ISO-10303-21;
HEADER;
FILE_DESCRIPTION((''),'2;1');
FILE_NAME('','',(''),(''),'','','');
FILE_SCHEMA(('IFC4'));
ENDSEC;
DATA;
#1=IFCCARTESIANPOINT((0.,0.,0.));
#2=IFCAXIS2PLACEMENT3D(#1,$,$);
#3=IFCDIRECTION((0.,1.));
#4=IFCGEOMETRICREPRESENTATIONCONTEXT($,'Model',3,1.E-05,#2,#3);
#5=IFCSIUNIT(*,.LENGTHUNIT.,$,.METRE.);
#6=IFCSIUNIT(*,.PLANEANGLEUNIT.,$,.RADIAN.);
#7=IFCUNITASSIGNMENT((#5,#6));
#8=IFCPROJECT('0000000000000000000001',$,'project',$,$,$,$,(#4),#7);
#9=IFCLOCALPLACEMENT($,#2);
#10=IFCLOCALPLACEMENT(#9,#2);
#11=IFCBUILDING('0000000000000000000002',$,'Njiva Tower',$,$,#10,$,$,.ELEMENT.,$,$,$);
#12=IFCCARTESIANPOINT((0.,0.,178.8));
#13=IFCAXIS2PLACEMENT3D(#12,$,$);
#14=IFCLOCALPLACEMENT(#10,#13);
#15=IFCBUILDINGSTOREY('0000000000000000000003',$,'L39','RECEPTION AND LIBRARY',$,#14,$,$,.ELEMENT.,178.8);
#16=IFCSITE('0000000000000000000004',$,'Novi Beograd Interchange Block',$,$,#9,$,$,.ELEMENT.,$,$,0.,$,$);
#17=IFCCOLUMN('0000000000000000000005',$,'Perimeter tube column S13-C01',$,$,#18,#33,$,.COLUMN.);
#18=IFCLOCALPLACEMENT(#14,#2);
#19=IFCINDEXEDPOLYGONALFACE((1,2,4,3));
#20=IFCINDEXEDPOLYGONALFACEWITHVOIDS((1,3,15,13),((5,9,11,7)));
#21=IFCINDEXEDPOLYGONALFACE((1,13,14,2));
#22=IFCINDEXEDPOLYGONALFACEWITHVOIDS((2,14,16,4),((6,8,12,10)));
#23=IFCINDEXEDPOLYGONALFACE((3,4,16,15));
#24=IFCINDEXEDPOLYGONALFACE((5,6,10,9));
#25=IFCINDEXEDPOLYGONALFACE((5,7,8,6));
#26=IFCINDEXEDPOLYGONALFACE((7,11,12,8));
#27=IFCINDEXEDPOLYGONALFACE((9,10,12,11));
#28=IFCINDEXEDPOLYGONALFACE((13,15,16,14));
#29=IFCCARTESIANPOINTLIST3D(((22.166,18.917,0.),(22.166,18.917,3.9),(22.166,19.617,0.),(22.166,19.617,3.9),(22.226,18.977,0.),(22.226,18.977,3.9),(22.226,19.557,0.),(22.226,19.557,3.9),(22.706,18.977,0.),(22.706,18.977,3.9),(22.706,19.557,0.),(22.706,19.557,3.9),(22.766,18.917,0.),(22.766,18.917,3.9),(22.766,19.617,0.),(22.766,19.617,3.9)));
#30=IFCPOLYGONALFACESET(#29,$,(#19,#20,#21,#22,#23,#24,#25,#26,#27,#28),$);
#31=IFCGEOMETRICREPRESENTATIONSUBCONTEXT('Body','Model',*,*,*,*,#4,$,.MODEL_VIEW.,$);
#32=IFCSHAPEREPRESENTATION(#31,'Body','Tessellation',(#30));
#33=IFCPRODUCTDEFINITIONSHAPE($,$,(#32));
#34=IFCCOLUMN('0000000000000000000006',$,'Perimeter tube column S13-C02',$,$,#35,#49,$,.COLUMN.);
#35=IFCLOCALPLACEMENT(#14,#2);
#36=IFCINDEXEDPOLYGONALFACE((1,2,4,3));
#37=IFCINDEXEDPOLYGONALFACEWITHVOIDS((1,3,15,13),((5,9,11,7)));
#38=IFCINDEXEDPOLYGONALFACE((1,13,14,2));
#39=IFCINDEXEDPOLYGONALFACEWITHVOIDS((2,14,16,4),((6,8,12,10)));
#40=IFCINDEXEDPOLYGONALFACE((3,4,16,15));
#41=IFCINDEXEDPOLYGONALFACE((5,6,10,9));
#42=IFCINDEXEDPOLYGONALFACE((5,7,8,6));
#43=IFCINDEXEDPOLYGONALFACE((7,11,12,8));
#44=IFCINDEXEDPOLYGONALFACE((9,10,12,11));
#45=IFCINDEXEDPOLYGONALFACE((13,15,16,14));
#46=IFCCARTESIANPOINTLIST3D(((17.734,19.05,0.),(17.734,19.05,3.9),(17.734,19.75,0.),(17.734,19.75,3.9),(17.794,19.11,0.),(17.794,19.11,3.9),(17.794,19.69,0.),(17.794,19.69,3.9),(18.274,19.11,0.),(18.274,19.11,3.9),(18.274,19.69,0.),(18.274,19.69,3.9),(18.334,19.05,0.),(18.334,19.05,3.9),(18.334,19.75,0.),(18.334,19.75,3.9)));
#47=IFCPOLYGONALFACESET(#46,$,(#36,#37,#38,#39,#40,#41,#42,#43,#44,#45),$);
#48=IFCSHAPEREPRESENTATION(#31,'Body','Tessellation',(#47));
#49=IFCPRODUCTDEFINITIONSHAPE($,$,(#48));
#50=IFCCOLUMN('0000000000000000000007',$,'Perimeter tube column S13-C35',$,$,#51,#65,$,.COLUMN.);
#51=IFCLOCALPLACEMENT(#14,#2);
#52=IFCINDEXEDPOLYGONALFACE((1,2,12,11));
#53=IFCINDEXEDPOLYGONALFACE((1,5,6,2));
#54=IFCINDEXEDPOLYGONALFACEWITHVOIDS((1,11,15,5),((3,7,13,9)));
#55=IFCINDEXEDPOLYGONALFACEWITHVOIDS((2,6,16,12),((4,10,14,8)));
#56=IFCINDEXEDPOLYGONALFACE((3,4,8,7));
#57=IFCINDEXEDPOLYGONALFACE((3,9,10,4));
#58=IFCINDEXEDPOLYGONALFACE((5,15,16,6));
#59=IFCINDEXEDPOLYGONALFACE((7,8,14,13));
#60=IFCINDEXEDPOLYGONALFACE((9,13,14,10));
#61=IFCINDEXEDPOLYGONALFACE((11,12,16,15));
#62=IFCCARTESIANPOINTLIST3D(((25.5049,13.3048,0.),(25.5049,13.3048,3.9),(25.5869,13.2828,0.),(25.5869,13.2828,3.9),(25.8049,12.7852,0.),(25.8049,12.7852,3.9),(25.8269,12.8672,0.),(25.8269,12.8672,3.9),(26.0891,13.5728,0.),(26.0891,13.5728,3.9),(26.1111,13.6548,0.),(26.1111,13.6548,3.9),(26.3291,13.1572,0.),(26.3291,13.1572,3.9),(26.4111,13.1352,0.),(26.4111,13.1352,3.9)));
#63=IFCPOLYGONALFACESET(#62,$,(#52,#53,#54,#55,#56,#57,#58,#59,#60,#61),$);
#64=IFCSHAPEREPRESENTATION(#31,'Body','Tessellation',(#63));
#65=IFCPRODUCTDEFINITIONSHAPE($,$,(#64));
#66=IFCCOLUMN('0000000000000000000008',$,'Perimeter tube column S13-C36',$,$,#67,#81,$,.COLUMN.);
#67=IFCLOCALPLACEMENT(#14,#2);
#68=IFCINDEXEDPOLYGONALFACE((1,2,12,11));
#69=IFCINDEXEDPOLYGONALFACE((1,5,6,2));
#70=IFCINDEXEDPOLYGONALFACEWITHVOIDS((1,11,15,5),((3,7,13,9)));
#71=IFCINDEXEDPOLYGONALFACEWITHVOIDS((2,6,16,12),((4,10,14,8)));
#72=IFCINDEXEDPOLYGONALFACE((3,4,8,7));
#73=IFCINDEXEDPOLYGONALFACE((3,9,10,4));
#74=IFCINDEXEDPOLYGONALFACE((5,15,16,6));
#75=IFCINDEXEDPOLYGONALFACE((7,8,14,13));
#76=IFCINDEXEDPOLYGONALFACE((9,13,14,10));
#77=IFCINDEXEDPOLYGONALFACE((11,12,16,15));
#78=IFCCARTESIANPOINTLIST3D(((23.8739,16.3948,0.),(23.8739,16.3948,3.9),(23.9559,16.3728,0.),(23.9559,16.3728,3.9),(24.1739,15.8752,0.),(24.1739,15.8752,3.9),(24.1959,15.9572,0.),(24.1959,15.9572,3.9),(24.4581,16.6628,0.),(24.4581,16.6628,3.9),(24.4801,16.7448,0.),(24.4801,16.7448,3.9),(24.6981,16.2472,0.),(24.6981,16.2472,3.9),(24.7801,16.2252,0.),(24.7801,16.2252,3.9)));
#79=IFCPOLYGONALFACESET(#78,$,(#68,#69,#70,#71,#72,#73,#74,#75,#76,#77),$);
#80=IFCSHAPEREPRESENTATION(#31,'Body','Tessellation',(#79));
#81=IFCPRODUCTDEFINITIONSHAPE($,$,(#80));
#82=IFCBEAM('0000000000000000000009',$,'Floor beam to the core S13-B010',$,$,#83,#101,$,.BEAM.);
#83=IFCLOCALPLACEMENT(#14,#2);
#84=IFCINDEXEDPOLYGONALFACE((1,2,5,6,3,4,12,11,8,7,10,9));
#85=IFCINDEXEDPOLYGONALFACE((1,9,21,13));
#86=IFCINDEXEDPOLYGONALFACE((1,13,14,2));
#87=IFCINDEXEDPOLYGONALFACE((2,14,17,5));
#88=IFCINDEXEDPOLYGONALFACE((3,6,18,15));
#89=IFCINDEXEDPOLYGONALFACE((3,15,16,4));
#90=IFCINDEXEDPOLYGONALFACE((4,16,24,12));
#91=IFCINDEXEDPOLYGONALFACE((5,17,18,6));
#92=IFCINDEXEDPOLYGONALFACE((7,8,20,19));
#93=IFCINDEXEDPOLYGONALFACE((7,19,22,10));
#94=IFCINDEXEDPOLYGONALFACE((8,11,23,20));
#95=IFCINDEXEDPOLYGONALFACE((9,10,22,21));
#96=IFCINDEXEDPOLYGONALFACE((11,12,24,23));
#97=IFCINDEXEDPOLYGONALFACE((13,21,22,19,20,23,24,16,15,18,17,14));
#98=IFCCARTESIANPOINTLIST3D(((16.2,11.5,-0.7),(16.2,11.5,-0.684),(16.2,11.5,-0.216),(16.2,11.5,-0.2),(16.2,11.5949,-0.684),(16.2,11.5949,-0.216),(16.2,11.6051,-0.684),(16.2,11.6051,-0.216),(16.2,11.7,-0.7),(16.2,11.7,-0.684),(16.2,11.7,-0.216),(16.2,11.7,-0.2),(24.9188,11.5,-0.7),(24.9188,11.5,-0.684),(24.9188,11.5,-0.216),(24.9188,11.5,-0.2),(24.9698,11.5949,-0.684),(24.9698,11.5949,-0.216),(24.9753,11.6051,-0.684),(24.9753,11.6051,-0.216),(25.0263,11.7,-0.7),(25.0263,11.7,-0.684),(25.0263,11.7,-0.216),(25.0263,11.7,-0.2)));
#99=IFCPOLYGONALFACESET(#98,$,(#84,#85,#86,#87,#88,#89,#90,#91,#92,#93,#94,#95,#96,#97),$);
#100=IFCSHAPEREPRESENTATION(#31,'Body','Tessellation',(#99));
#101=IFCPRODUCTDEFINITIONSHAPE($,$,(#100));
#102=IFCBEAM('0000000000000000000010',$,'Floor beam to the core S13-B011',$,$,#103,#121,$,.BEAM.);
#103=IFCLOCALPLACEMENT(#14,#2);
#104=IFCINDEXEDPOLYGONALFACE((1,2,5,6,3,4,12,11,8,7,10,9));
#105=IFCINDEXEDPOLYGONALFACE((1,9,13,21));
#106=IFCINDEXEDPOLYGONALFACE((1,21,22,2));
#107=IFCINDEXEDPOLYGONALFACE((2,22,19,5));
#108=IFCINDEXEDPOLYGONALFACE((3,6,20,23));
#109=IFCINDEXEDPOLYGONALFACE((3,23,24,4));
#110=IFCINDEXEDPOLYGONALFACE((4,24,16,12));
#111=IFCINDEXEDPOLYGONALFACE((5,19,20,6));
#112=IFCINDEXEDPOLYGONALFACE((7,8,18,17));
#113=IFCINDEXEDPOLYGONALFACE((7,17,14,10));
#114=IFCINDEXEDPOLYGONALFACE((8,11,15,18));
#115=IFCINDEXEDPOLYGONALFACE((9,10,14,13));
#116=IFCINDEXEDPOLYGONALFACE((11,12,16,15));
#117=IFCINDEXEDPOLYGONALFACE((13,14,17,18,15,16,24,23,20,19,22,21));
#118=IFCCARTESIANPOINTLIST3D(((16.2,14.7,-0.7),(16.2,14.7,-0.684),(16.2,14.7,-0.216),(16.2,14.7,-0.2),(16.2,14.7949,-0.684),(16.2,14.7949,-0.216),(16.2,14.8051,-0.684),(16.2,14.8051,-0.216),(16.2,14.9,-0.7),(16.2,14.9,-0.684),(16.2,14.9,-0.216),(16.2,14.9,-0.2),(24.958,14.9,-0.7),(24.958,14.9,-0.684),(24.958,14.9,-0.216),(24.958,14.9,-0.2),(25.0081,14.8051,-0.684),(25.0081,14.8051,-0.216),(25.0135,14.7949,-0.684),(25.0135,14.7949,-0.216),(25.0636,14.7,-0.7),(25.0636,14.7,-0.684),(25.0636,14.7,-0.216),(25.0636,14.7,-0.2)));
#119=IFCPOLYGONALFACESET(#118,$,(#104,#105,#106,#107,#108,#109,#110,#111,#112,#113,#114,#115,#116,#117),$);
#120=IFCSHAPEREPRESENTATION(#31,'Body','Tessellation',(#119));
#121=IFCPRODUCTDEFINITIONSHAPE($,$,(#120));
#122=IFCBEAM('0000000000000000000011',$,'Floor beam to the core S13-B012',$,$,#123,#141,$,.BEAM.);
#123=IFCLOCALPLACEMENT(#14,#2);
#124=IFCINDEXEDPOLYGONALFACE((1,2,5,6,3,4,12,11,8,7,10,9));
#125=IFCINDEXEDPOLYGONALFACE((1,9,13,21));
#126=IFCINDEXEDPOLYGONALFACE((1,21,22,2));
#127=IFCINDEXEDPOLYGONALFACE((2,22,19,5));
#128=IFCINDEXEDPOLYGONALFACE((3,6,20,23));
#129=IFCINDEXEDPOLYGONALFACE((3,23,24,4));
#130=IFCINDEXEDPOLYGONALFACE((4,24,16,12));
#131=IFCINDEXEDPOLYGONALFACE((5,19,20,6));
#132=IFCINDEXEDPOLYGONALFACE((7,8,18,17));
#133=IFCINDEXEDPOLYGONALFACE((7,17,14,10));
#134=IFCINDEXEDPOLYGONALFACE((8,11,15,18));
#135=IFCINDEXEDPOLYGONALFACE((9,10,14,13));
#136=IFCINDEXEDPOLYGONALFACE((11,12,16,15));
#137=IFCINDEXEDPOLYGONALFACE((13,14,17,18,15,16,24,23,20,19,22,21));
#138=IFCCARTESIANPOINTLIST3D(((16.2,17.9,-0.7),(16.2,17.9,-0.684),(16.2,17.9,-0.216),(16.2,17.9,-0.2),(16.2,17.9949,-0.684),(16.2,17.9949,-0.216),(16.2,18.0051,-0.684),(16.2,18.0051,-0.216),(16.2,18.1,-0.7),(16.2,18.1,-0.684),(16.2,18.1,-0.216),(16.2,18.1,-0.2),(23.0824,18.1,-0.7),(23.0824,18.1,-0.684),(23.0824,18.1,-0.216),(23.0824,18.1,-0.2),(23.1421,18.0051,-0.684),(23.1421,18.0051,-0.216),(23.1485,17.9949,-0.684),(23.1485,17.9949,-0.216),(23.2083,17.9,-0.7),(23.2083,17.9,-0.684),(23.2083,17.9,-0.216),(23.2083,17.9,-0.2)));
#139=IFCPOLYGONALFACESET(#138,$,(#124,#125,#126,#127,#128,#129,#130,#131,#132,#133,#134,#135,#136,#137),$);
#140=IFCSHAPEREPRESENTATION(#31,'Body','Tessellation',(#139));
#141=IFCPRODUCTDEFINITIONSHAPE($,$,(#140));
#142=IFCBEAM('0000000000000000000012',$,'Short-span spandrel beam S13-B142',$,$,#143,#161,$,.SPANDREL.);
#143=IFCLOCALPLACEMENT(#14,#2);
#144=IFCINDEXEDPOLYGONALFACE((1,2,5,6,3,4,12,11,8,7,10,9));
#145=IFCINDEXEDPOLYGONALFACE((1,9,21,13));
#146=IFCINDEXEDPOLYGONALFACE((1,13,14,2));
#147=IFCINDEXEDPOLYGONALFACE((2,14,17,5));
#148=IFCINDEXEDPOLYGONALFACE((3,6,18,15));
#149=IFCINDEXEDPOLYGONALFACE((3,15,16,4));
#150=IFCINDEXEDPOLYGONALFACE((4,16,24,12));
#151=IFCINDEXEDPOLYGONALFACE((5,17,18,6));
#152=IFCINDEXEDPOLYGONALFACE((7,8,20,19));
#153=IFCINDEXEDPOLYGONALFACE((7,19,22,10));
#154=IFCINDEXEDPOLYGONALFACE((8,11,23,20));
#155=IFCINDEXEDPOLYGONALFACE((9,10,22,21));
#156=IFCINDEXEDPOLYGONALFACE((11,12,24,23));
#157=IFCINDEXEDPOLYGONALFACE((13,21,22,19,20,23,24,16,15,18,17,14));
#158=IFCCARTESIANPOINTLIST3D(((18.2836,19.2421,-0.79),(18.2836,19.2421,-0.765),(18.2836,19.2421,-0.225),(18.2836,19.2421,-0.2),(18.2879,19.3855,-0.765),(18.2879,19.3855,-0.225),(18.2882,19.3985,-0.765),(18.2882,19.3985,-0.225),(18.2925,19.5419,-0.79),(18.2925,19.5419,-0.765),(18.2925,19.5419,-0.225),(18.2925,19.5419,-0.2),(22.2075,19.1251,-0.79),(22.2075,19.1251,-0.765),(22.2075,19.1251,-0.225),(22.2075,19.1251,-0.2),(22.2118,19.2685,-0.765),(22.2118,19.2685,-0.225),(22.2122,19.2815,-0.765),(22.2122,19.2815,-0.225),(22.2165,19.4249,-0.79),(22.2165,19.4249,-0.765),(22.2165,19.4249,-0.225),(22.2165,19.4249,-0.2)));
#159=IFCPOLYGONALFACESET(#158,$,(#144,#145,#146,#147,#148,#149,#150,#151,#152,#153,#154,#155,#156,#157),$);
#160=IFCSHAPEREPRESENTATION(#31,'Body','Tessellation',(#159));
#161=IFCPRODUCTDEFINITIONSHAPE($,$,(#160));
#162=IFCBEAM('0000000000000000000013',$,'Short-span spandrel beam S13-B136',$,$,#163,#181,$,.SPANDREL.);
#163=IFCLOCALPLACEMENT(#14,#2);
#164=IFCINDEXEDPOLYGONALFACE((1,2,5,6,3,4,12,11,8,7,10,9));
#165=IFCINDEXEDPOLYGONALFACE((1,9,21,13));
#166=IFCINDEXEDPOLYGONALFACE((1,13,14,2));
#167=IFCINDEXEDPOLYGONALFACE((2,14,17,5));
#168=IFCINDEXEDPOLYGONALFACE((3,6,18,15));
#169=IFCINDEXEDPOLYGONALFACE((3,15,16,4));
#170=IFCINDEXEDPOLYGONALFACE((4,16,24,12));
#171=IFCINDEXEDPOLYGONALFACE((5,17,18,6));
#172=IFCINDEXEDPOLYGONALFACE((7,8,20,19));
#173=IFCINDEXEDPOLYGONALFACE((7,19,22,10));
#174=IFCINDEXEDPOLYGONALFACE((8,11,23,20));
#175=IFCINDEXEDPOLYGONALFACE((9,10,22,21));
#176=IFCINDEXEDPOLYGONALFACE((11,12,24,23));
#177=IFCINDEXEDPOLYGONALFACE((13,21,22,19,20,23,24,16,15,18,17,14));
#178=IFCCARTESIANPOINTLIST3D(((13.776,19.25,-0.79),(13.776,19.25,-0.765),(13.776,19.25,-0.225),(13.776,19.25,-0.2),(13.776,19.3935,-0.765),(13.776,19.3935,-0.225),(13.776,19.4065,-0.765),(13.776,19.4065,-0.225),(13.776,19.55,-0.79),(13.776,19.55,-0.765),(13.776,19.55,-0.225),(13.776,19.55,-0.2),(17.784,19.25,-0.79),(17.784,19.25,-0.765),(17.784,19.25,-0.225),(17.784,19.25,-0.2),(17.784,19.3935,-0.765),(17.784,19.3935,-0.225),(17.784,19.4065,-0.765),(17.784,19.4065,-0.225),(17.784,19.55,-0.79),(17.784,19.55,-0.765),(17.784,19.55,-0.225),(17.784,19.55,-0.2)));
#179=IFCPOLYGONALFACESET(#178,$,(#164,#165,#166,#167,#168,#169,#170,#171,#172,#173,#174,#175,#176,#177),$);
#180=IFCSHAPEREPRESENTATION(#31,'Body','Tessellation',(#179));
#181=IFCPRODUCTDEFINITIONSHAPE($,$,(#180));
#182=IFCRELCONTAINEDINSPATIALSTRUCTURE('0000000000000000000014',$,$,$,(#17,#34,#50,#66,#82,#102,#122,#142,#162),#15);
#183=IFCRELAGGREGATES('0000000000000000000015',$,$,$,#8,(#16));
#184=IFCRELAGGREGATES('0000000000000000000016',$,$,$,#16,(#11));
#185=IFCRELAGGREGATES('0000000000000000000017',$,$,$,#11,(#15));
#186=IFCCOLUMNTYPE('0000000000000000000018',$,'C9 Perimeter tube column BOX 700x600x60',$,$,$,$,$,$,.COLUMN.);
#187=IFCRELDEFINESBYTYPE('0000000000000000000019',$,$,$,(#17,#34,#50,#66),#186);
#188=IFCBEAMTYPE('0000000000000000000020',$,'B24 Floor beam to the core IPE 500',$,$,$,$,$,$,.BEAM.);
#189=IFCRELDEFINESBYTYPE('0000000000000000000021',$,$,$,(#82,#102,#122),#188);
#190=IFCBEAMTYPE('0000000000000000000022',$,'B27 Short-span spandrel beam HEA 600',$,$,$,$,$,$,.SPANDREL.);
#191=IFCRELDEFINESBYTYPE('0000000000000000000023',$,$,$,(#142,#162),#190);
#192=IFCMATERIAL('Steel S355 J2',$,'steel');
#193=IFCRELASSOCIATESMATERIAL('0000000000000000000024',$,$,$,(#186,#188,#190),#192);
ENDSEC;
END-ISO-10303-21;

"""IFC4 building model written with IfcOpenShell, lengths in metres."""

from ifc_helpers import new_model, si_unit, direction, frame, origin, origin_2d, place, context, subcontext, project, spatial, hollow_rectangle, i_section, extrude, clip, halfspace, material, material_profile, profile_set, type_object, element, save


model = new_model("IFC4")

# Units and contexts
model_context = context("Model", 3, precision=1e-05, world=origin(), true_north=direction((0.0, 1.0)))
body_context = subcontext(model_context, "Body", "Model", "MODEL_VIEW")
ifc_project = project(units=[si_unit("LENGTHUNIT", "METRE"), si_unit("PLANEANGLEUNIT", "RADIAN")], contexts=[model_context])

# Site, building, storey
site_placement = place(None, origin())
site = spatial("IfcSite", under=ifc_project, at=site_placement, Name="Novi Beograd Interchange Block", CompositionType="ELEMENT", RefElevation=0.0)
building_placement = place(site_placement, origin())
building = spatial("IfcBuilding", under=site, at=building_placement, Name="Njiva Tower", CompositionType="ELEMENT")
storey_placement = place(building_placement, frame((0.0, 0.0, 178.8)))
storey = spatial("IfcBuildingStorey", under=building, at=storey_placement, Name="L39", Description="RECEPTION AND LIBRARY", CompositionType="ELEMENT", Elevation=178.8)

# Columns
ifc_material_1 = material(Name="Steel S355 J2", Category="steel")
ifc_material_profile_1 = material_profile(ifc_material_1, hollow_rectangle(XDim=0.6, YDim=0.7, WallThickness=0.06, at=origin_2d()), Name="BOX 700x600x60")
ifc_profile_set_1 = profile_set([ifc_material_profile_1], Name="Steel S355 J2")
column_type = type_object("IfcColumnType", Name="C9 Perimeter tube column BOX 700x600x60", PredefinedType="COLUMN", material=ifc_profile_set_1)
for number, where, z_axis, x_axis, name in (
    (1, (22.466, 19.267, 0.0), (0.0, 0.0, 1.0), (-1.0, 0.0, 0.0), "Perimeter tube column S13-C01"),
    (2, (18.034, 19.4, 0.0), (0.0, 0.0, 1.0), (-1.0, 0.0, 0.0), "Perimeter tube column S13-C02"),
    (3, (25.958, 13.22, 0.0), (0.0, 0.0, 1.0), (-0.5, 0.866025, 0.0), "Perimeter tube column S13-C35"),
    (4, (24.327, 16.31, 0.0), (0.0, 0.0, 1.0), (-0.5, 0.866025, 0.0), "Perimeter tube column S13-C36"),
):
    element("IfcColumn", number, at=place(storey_placement, frame(where, z_axis=z_axis, x_axis=x_axis)), inside=storey, type_object=column_type, Name=name, PredefinedType="COLUMN", context=body_context, shape_type="SweptSolid", body=[
        extrude(hollow_rectangle(XDim=0.6, YDim=0.7, WallThickness=0.06, at=origin_2d()), origin(), (0.0, 0.0, 1.0), 3.9),
    ])

# Beams
ifc_material_profile_2 = material_profile(ifc_material_1, i_section(OverallWidth=0.2, OverallDepth=0.5, WebThickness=0.0102, FlangeThickness=0.016, at=origin_2d()), Name="IPE 500")
ifc_profile_set_2 = profile_set([ifc_material_profile_2], Name="Steel S355 J2")
beam_type_1 = type_object("IfcBeamType", Name="B24 Floor beam to the core IPE 500", PredefinedType="BEAM", material=ifc_profile_set_2)
beam_1_placement = place(storey_placement, frame((16.2, 11.6, -0.45), z_axis=(1.0, 0.0, 0.0), x_axis=(0.0, 1.0, 0.0)))
element("IfcBeam", 5, at=beam_1_placement, inside=storey, type_object=beam_type_1, Name="Floor beam to the core S13-B010", PredefinedType="BEAM", context=body_context, shape_type="Clipping", body=[
    clip(extrude(i_section(OverallWidth=0.2, OverallDepth=0.5, WebThickness=0.0102, FlangeThickness=0.016, at=origin_2d()), origin(), (0.0, 0.0, 1.0), 8.847), halfspace(frame((-0.0237, 0.0, 8.7598), z_axis=(-0.473777, 0.0, 0.880645), x_axis=(0.0, 1.0, 0.0)), False)),
])
beam_2_placement = place(storey_placement, frame((16.2, 14.8, -0.45), z_axis=(1.0, 0.0, 0.0), x_axis=(0.0, 1.0, 0.0)))
element("IfcBeam", 6, at=beam_2_placement, inside=storey, type_object=beam_type_1, Name="Floor beam to the core S13-B011", PredefinedType="BEAM", context=body_context, shape_type="Clipping", body=[
    clip(extrude(i_section(OverallWidth=0.2, OverallDepth=0.5, WebThickness=0.0102, FlangeThickness=0.016, at=origin_2d()), origin(), (0.0, 0.0, 1.0), 8.884), halfspace(frame((0.0233, 0.0, 8.7985), z_axis=(0.466639, 0.0, 0.884448), x_axis=(0.0, 1.0, 0.0)), False)),
])
beam_3_placement = place(storey_placement, frame((16.2, 18.0, -0.45), z_axis=(1.0, 0.0, 0.0), x_axis=(0.0, 1.0, 0.0)))
element("IfcBeam", 7, at=beam_3_placement, inside=storey, type_object=beam_type_1, Name="Floor beam to the core S13-B012", PredefinedType="BEAM", context=body_context, shape_type="Clipping", body=[
    clip(extrude(i_section(OverallWidth=0.2, OverallDepth=0.5, WebThickness=0.0102, FlangeThickness=0.016, at=origin_2d()), origin(), (0.0, 0.0, 1.0), 7.028), halfspace(frame((0.0266, 0.0, 6.9286), z_axis=(0.532629, 0.0, 0.846349), x_axis=(0.0, 1.0, 0.0)), False)),
])
ifc_material_profile_3 = material_profile(ifc_material_1, i_section(OverallWidth=0.3, OverallDepth=0.59, WebThickness=0.013, FlangeThickness=0.025, at=origin_2d()), Name="HEA 600")
ifc_profile_set_3 = profile_set([ifc_material_profile_3], Name="Steel S355 J2")
beam_type_2 = type_object("IfcBeamType", Name="B27 Short-span spandrel beam HEA 600", PredefinedType="SPANDREL", material=ifc_profile_set_3)
beam_4_placement = place(storey_placement, frame((22.212, 19.275, -0.495), z_axis=(-0.999556, 0.029803, 0.0), x_axis=(-0.029803, -0.999556, 0.0)))
element("IfcBeam", 8, at=beam_4_placement, inside=storey, type_object=beam_type_2, Name="Short-span spandrel beam S13-B142", PredefinedType="SPANDREL", context=body_context, shape_type="SweptSolid", body=[
    extrude(i_section(OverallWidth=0.3, OverallDepth=0.59, WebThickness=0.013, FlangeThickness=0.025, at=origin_2d()), origin(), (0.0, 0.0, 1.0), 3.9257),
])
beam_5_placement = place(storey_placement, frame((17.784, 19.4, -0.495), z_axis=(-1.0, 0.0, 0.0), x_axis=(0.0, -1.0, 0.0)))
element("IfcBeam", 9, at=beam_5_placement, inside=storey, type_object=beam_type_2, Name="Short-span spandrel beam S13-B136", PredefinedType="SPANDREL", context=body_context, shape_type="SweptSolid", body=[
    extrude(i_section(OverallWidth=0.3, OverallDepth=0.59, WebThickness=0.013, FlangeThickness=0.025, at=origin_2d()), origin(), (0.0, 0.0, 1.0), 4.008),
])

save(model, "model.ifc")
